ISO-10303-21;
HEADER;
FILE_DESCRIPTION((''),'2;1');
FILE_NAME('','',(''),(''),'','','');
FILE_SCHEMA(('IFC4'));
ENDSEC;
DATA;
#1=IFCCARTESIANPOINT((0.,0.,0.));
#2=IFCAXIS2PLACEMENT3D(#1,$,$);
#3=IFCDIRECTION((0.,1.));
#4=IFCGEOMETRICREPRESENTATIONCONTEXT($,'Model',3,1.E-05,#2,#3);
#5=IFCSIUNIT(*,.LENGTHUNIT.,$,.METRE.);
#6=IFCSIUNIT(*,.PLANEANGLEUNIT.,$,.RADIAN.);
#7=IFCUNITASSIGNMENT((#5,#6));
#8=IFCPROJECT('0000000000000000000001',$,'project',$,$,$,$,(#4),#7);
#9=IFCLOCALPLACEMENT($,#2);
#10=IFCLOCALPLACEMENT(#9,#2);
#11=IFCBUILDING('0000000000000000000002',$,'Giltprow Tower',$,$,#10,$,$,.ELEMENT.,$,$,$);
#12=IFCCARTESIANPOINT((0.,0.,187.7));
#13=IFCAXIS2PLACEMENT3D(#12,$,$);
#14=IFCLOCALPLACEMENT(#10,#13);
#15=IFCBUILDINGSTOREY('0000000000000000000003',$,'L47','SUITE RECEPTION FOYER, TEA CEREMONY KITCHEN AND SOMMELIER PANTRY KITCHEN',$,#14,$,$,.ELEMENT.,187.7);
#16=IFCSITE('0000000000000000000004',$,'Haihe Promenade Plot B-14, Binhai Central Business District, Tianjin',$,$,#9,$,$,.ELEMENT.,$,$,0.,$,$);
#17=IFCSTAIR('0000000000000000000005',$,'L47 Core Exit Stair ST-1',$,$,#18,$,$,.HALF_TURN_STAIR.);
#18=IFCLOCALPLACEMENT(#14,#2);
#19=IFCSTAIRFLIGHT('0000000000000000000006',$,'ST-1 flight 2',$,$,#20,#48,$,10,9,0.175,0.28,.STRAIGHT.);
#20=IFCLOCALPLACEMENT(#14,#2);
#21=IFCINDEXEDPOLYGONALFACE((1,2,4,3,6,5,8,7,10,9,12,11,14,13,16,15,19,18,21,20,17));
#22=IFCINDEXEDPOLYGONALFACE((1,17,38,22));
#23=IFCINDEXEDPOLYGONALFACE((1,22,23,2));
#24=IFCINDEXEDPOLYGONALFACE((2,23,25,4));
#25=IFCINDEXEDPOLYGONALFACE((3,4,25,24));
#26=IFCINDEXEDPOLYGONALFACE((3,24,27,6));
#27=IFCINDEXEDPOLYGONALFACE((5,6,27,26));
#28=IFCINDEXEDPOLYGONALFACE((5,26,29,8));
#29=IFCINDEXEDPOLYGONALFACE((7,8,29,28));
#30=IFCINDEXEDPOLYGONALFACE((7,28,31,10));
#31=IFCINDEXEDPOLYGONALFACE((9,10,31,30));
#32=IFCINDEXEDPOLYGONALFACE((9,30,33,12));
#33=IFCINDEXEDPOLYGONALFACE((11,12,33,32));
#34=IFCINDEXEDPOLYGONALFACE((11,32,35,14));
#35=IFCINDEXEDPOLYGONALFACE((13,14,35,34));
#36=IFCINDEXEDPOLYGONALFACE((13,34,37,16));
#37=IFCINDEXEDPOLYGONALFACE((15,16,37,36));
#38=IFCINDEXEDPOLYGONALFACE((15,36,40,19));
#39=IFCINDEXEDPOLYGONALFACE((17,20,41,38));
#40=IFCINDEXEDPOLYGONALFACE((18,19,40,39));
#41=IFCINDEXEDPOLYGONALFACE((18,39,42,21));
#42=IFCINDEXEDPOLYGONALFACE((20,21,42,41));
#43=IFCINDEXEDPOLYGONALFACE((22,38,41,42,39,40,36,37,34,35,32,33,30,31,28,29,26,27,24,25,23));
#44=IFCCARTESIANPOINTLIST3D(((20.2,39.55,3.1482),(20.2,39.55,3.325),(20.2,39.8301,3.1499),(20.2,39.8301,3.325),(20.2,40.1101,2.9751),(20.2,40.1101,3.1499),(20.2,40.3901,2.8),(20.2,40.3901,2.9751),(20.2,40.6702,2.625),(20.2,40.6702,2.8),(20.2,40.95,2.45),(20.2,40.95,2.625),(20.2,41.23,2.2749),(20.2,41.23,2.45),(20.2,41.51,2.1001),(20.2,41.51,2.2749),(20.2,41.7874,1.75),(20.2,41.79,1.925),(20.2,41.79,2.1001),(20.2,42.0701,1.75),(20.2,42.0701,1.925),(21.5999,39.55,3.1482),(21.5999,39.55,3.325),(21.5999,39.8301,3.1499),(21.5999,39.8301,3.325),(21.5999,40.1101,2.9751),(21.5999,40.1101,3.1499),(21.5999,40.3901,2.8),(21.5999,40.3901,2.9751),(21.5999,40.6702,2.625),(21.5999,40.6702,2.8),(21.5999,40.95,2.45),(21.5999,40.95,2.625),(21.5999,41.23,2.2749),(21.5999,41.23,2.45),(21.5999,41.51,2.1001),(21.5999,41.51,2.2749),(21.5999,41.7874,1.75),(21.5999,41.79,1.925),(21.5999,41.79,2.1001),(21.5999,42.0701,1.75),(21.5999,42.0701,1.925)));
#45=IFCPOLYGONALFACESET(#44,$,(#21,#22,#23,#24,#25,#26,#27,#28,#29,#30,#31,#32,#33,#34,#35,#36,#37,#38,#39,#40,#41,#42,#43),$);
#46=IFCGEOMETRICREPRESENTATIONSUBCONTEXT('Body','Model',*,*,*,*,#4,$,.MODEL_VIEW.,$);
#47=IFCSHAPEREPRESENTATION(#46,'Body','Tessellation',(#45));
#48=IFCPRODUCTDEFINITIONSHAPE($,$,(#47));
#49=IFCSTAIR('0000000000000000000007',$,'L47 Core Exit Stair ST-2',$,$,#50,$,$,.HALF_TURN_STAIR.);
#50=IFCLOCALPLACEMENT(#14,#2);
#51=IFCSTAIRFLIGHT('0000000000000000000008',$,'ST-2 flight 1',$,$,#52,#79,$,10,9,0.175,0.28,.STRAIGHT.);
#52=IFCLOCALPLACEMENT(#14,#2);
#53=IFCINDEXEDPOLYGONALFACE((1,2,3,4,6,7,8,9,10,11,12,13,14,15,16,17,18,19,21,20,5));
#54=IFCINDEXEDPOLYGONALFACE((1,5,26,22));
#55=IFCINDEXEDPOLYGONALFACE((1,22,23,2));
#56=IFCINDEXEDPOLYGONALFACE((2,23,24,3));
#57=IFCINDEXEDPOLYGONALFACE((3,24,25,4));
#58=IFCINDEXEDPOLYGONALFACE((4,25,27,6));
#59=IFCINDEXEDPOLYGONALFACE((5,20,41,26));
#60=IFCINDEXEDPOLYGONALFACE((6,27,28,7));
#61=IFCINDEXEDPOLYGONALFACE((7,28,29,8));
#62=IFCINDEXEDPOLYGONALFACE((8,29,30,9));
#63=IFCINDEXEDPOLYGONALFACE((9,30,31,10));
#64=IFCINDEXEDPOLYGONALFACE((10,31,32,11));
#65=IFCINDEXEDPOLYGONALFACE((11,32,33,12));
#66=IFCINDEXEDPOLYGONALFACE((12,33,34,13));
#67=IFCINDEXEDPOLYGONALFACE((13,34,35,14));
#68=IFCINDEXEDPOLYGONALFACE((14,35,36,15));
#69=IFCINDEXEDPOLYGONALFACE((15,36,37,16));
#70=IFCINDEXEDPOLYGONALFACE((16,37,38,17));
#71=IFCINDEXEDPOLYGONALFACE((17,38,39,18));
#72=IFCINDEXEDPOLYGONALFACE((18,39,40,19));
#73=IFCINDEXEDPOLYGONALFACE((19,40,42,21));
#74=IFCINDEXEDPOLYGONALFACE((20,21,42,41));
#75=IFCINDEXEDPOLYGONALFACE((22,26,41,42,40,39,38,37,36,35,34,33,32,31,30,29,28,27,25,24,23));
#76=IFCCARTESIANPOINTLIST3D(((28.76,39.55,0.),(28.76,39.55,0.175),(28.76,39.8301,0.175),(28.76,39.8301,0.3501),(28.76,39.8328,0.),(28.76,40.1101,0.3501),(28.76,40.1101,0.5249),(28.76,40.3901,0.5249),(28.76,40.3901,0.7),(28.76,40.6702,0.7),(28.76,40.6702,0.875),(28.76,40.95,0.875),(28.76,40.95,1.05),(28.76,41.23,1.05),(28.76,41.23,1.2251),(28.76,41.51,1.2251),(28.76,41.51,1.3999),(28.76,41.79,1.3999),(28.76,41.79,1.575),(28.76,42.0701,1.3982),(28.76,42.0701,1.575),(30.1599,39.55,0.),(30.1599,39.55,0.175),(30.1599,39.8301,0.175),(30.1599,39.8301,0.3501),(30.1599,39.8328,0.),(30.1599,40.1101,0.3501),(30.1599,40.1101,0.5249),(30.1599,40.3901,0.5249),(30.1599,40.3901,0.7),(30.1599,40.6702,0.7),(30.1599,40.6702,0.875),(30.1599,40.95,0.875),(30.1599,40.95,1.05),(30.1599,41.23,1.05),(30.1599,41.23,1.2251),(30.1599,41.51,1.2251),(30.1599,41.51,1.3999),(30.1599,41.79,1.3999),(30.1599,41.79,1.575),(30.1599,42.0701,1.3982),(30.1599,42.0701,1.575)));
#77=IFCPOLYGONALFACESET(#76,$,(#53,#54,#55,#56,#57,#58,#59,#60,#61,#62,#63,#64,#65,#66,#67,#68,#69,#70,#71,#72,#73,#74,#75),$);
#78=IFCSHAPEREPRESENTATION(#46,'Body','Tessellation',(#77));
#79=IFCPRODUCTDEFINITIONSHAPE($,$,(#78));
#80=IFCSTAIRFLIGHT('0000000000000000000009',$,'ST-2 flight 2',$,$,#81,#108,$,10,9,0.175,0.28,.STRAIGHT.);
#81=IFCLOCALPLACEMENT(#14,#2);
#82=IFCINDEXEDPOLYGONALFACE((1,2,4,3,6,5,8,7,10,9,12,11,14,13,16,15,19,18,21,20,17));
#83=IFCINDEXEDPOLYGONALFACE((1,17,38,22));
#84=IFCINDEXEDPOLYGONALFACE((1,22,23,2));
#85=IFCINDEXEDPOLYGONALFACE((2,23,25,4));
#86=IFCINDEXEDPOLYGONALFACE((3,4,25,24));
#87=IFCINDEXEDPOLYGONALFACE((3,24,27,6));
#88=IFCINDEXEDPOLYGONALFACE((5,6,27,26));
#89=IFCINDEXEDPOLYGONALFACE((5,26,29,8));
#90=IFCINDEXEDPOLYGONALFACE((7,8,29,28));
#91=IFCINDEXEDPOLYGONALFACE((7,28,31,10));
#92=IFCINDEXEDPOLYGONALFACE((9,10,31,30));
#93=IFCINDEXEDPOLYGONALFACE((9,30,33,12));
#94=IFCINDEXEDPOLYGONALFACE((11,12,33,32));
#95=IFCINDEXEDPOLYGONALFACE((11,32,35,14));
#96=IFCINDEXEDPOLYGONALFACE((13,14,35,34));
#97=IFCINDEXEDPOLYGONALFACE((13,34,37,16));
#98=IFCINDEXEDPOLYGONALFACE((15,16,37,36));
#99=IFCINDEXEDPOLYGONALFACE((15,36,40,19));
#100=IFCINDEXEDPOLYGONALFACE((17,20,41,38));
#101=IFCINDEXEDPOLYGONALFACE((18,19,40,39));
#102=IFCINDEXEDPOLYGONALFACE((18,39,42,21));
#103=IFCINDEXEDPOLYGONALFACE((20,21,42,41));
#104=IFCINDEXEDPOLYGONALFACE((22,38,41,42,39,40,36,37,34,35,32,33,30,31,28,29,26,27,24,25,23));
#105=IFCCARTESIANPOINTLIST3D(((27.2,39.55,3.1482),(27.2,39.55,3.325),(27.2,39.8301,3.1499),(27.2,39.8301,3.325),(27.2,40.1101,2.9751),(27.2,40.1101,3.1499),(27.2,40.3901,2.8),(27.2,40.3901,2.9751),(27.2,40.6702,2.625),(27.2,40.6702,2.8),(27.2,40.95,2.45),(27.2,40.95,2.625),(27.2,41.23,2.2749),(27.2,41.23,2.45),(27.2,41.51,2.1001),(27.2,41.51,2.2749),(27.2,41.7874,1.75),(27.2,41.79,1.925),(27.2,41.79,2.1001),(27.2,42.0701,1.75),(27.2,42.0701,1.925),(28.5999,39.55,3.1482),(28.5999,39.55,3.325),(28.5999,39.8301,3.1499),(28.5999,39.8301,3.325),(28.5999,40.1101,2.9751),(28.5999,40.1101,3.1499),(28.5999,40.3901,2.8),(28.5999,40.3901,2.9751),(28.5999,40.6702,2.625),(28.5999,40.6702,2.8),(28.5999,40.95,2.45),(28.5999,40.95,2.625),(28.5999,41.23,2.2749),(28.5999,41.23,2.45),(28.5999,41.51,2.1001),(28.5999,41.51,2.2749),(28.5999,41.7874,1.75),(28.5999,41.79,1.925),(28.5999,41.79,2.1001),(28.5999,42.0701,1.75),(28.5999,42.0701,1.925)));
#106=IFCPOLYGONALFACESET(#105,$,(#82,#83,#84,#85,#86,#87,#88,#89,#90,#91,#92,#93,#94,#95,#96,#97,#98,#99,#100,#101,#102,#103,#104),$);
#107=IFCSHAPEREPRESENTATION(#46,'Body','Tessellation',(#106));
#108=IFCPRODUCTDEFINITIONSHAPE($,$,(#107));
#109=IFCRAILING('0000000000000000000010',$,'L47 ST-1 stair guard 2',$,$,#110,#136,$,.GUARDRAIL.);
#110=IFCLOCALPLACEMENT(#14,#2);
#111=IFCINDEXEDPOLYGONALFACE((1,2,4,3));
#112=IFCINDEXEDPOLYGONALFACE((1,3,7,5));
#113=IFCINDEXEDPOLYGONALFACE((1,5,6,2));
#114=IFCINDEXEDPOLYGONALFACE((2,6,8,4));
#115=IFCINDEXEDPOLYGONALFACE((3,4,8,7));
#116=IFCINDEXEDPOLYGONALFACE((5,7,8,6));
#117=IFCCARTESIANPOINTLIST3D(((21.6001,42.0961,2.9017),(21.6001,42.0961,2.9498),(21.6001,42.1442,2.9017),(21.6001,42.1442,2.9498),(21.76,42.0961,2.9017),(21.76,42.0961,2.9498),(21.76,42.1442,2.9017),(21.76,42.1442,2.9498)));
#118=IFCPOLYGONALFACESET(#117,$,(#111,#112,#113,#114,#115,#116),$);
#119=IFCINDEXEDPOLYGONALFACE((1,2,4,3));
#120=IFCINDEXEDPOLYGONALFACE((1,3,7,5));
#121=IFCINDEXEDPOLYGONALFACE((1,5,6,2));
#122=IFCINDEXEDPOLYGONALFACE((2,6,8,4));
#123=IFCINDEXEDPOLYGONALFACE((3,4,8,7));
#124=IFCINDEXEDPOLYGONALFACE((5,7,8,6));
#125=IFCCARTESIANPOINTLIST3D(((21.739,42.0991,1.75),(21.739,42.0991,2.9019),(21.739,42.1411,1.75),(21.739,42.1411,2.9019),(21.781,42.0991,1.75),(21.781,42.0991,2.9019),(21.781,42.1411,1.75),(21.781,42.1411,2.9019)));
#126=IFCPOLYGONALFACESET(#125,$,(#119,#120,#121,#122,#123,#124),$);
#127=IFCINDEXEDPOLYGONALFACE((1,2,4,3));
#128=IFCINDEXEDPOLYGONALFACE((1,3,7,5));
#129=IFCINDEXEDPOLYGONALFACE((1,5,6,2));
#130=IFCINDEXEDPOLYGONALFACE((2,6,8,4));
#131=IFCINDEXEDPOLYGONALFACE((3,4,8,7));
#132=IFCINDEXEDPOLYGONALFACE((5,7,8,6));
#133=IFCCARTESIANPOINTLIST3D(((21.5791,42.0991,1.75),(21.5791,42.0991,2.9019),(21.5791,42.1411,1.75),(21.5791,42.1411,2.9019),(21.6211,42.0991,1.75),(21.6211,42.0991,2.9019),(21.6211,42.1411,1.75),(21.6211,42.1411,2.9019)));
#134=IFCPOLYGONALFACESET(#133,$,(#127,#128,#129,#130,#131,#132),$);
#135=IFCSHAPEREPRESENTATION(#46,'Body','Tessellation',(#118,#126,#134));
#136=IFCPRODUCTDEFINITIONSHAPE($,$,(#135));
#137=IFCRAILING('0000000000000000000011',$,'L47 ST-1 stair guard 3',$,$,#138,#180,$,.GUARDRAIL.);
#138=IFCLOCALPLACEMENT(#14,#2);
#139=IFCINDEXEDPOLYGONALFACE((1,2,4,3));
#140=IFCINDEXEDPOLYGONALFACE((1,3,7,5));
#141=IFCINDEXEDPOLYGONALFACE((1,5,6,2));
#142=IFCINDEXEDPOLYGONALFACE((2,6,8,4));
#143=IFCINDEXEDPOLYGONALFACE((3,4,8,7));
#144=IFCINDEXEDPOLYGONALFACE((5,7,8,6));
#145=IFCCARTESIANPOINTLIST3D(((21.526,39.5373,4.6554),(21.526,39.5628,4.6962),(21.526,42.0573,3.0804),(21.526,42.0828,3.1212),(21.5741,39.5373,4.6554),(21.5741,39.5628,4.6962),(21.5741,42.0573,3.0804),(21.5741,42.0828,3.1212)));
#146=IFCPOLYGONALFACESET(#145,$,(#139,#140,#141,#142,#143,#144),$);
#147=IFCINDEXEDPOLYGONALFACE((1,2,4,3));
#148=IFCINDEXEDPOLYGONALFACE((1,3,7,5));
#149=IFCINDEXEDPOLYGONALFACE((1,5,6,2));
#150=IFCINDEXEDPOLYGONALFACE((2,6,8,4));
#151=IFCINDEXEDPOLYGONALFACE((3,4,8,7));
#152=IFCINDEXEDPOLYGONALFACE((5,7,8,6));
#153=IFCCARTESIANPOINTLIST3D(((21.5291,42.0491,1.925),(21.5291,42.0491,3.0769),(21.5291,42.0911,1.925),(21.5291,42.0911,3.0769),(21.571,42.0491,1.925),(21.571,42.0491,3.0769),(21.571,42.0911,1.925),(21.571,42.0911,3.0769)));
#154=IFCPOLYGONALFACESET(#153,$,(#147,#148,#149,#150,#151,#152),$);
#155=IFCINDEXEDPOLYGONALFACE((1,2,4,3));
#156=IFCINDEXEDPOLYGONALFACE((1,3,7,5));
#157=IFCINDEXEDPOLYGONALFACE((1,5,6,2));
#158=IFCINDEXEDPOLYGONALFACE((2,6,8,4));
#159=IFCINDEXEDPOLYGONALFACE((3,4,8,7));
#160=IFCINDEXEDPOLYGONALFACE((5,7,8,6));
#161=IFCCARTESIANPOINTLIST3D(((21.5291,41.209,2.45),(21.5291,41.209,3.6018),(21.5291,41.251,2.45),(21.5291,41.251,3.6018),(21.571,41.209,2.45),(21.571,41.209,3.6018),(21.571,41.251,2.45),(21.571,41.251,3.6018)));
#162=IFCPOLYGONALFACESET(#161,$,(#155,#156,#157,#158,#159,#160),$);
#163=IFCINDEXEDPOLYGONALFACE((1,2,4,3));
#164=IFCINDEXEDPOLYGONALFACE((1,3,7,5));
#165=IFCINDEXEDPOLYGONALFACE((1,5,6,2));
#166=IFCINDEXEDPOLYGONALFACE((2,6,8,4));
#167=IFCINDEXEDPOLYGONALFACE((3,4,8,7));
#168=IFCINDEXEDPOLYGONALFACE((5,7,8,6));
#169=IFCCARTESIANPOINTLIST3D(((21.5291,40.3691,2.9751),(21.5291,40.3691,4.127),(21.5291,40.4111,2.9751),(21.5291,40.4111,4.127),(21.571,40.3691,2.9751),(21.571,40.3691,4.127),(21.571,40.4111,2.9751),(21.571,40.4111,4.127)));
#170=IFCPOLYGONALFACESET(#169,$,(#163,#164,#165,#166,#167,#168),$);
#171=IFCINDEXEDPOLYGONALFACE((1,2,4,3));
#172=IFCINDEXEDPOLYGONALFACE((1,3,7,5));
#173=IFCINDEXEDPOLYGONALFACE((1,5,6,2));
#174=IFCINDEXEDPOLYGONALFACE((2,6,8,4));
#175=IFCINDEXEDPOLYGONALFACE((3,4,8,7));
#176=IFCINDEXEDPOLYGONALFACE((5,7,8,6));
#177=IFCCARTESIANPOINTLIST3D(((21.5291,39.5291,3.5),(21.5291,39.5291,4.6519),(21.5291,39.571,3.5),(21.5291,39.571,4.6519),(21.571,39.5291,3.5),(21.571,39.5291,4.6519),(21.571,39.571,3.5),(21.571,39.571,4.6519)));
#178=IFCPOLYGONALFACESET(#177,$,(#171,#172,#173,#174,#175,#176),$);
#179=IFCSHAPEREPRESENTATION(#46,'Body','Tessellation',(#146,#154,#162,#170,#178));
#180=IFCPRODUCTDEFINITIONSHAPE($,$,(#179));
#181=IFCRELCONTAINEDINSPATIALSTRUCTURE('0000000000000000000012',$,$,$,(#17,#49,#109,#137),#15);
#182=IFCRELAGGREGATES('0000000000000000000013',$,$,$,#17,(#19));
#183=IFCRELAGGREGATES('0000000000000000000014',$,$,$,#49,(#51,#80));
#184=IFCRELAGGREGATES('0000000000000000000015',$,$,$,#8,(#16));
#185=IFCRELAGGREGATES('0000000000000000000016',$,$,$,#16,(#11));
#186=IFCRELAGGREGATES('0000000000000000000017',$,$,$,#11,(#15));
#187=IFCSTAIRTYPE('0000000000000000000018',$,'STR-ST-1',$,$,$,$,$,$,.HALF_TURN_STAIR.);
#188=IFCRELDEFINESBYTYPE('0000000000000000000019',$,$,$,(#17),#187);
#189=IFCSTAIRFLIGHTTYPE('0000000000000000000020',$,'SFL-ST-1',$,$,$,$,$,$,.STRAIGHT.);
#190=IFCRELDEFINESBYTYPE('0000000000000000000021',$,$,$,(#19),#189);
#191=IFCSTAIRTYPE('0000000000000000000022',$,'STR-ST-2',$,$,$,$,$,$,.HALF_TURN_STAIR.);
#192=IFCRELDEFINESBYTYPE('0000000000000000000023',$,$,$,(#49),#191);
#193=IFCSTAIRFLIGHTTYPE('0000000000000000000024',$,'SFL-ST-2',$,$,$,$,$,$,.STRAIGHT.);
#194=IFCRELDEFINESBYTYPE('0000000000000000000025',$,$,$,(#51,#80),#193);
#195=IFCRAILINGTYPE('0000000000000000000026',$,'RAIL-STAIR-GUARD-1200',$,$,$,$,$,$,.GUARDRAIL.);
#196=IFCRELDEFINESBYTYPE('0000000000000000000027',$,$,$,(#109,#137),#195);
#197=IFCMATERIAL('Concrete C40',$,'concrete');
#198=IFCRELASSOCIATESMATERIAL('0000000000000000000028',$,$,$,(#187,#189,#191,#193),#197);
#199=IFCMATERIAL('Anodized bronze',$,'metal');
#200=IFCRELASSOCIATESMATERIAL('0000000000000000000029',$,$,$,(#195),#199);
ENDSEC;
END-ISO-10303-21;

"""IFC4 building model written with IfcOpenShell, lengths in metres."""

from ifc_helpers import new_model, si_unit, direction, frame, origin, origin_2d, place, context, subcontext, project, spatial, polyline, rectangle, outline, extrude, material, type_object, element, aggregate, save


model = new_model("IFC4")

# Units and contexts
model_context = context("Model", 3, precision=1e-05, world=origin(), true_north=direction((0.0, 1.0)))
body_context = subcontext(model_context, "Body", "Model", "MODEL_VIEW")
ifc_project = project(units=[si_unit("LENGTHUNIT", "METRE"), si_unit("PLANEANGLEUNIT", "RADIAN")], contexts=[model_context])

# Site, building, storey
site_placement = place(None, origin())
site = spatial("IfcSite", under=ifc_project, at=site_placement, Name="Haihe Promenade Plot B-14, Binhai Central Business District, Tianjin", CompositionType="ELEMENT", RefElevation=0.0)
building_placement = place(site_placement, origin())
building = spatial("IfcBuilding", under=site, at=building_placement, Name="Giltprow Tower", CompositionType="ELEMENT")
storey_placement = place(building_placement, frame((0.0, 0.0, 187.7)))
storey = spatial("IfcBuildingStorey", under=building, at=storey_placement, Name="L47", Description="SUITE RECEPTION FOYER, TEA CEREMONY KITCHEN AND SOMMELIER PANTRY KITCHEN", CompositionType="ELEMENT", Elevation=187.7)

# Shared definitions
ifc_material_1 = material(Name="Concrete C40", Category="concrete")

# Stair, stair flight
stair_type_1 = type_object("IfcStairType", Name="STR-ST-1", PredefinedType="HALF_TURN_STAIR", material=ifc_material_1)
stair_1_placement = place(storey_placement, origin())
stair_1 = element("IfcStair", 1, at=stair_1_placement, inside=storey, type_object=stair_type_1, Name="L47 Core Exit Stair ST-1", PredefinedType="HALF_TURN_STAIR")
stair_flight_type_1 = type_object("IfcStairFlightType", Name="SFL-ST-1", PredefinedType="STRAIGHT", material=ifc_material_1)
stair_flight_1_placement = place(storey_placement, frame((20.8999, 42.0701, 1.75), z_axis=(0.0, 0.0, 1.0), x_axis=(0.0, -1.0, 0.0)))
stair_flight_1 = element("IfcStairFlight", 2, at=stair_flight_1_placement, type_object=stair_flight_type_1, Name="ST-1 flight 2", NumberOfRisers=10, NumberOfTreads=9, PredefinedType="STRAIGHT", RiserHeight=0.175, TreadLength=0.28, context=body_context, shape_type="SweptSolid", body=[
    extrude(outline(polyline([(0.0, 0.0), (0.0, 0.175), (0.28, 0.175), (0.28, 0.3501), (0.5601, 0.3501), (0.5601, 0.5249), (0.8401, 0.5249), (0.8401, 0.7), (1.1201, 0.7), (1.1201, 0.875), (1.3999, 0.875), (1.3999, 1.05), (1.6799, 1.05), (1.6799, 1.2251), (1.96, 1.2251), (1.96, 1.3999), (2.24, 1.3999), (2.24, 1.575), (2.52, 1.575), (2.52, 1.75), (2.52, 1.3982), (0.2827, 0.0), (0.0, 0.0)])), frame((0.0, 0.7, 0.0), z_axis=(0.0, -1.0, 0.0), x_axis=(1.0, 0.0, 0.0)), (0.0, 0.0, 1.0), 1.3999),
])
aggregate(stair_1, [stair_flight_1])

# Stair, stair flights
stair_type_2 = type_object("IfcStairType", Name="STR-ST-2", PredefinedType="HALF_TURN_STAIR", material=ifc_material_1)
stair_2_placement = place(storey_placement, origin())
stair_2 = element("IfcStair", 3, at=stair_2_placement, inside=storey, type_object=stair_type_2, Name="L47 Core Exit Stair ST-2", PredefinedType="HALF_TURN_STAIR")
stair_flight_type_2 = type_object("IfcStairFlightType", Name="SFL-ST-2", PredefinedType="STRAIGHT", material=ifc_material_1)
stair_flight_2_placement = place(storey_placement, frame((29.46, 39.55, 0.0), z_axis=(0.0, 0.0, 1.0), x_axis=(0.0, 1.0, 0.0)))
stair_flight_2 = element("IfcStairFlight", 4, at=stair_flight_2_placement, type_object=stair_flight_type_2, Name="ST-2 flight 1", NumberOfRisers=10, NumberOfTreads=9, PredefinedType="STRAIGHT", RiserHeight=0.175, TreadLength=0.28, context=body_context, shape_type="SweptSolid", body=[
    extrude(outline(polyline([(0.0, 0.0), (0.0, 0.175), (0.28, 0.175), (0.28, 0.3501), (0.5601, 0.3501), (0.5601, 0.5249), (0.8401, 0.5249), (0.8401, 0.7), (1.1201, 0.7), (1.1201, 0.875), (1.3999, 0.875), (1.3999, 1.05), (1.6799, 1.05), (1.6799, 1.2251), (1.96, 1.2251), (1.96, 1.3999), (2.24, 1.3999), (2.24, 1.575), (2.52, 1.575), (2.52, 1.75), (2.52, 1.3982), (0.2827, 0.0), (0.0, 0.0)])), frame((0.0, 0.7, 0.0), z_axis=(0.0, -1.0, 0.0), x_axis=(1.0, 0.0, 0.0)), (0.0, 0.0, 1.0), 1.3999),
])
stair_flight_3_placement = place(storey_placement, frame((27.8999, 42.0701, 1.75), z_axis=(0.0, 0.0, 1.0), x_axis=(0.0, -1.0, 0.0)))
stair_flight_3 = element("IfcStairFlight", 5, at=stair_flight_3_placement, type_object=stair_flight_type_2, Name="ST-2 flight 2", NumberOfRisers=10, NumberOfTreads=9, PredefinedType="STRAIGHT", RiserHeight=0.175, TreadLength=0.28, context=body_context, shape_type="SweptSolid", body=[
    extrude(outline(polyline([(0.0, 0.0), (0.0, 0.175), (0.28, 0.175), (0.28, 0.3501), (0.5601, 0.3501), (0.5601, 0.5249), (0.8401, 0.5249), (0.8401, 0.7), (1.1201, 0.7), (1.1201, 0.875), (1.3999, 0.875), (1.3999, 1.05), (1.6799, 1.05), (1.6799, 1.2251), (1.96, 1.2251), (1.96, 1.3999), (2.24, 1.3999), (2.24, 1.575), (2.52, 1.575), (2.52, 1.75), (2.52, 1.3982), (0.2827, 0.0), (0.0, 0.0)])), frame((0.0, 0.7, 0.0), z_axis=(0.0, -1.0, 0.0), x_axis=(1.0, 0.0, 0.0)), (0.0, 0.0, 1.0), 1.3999),
])
aggregate(stair_2, [stair_flight_2, stair_flight_3])

# Railings
ifc_material_2 = material(Name="Anodized bronze", Category="metal")
railing_type_1 = type_object("IfcRailingType", Name="RAIL-STAIR-GUARD-1200", PredefinedType="GUARDRAIL", material=ifc_material_2)
railing_1_placement = place(storey_placement, frame((21.76, 42.1201, 1.75)))
element("IfcRailing", 6, at=railing_1_placement, inside=storey, type_object=railing_type_1, Name="L47 ST-1 stair guard 2", PredefinedType="GUARDRAIL", context=body_context, shape_type="SweptSolid", body=[
    extrude(rectangle(XDim=0.0481, YDim=0.0481, at=origin_2d()), frame((0.0, 0.0, 1.1758), z_axis=(-1.0, 0.0, 0.0), x_axis=(0.0, -1.0, 0.0)), (0.0, 0.0, 1.0), 0.1599),
    extrude(rectangle(XDim=0.042, YDim=0.042, at=origin_2d()), origin(), (0.0, 0.0, 1.0), 1.1519),
    extrude(rectangle(XDim=0.042, YDim=0.042, at=origin_2d()), frame((-0.1599, 0.0, 0.0)), (0.0, 0.0, 1.0), 1.1519),
])
railing_2_placement = place(storey_placement, frame((21.55, 42.0701, 1.925)))
element("IfcRailing", 7, at=railing_2_placement, inside=storey, type_object=railing_type_1, Name="L47 ST-1 stair guard 3", PredefinedType="GUARDRAIL", context=body_context, shape_type="SweptSolid", body=[
    extrude(rectangle(XDim=0.0481, YDim=0.0481, at=origin_2d()), frame((0.0, 0.0, 1.1758), z_axis=(0.0, -0.848008, 0.529984), x_axis=(1.0, 0.0, 0.0)), (0.0, 0.0, 1.0), 2.9717),
    extrude(rectangle(XDim=0.042, YDim=0.042, at=origin_2d()), origin(), (0.0, 0.0, 1.0), 1.1519),
    extrude(rectangle(XDim=0.042, YDim=0.042, at=origin_2d()), frame((0.0, -0.8401, 0.5249)), (0.0, 0.0, 1.0), 1.1519),
    extrude(rectangle(XDim=0.042, YDim=0.042, at=origin_2d()), frame((0.0, -1.6799, 1.05)), (0.0, 0.0, 1.0), 1.1519),
    extrude(rectangle(XDim=0.042, YDim=0.042, at=origin_2d()), frame((0.0, -2.52, 1.575)), (0.0, 0.0, 1.0), 1.1519),
])

save(model, "model.ifc")
